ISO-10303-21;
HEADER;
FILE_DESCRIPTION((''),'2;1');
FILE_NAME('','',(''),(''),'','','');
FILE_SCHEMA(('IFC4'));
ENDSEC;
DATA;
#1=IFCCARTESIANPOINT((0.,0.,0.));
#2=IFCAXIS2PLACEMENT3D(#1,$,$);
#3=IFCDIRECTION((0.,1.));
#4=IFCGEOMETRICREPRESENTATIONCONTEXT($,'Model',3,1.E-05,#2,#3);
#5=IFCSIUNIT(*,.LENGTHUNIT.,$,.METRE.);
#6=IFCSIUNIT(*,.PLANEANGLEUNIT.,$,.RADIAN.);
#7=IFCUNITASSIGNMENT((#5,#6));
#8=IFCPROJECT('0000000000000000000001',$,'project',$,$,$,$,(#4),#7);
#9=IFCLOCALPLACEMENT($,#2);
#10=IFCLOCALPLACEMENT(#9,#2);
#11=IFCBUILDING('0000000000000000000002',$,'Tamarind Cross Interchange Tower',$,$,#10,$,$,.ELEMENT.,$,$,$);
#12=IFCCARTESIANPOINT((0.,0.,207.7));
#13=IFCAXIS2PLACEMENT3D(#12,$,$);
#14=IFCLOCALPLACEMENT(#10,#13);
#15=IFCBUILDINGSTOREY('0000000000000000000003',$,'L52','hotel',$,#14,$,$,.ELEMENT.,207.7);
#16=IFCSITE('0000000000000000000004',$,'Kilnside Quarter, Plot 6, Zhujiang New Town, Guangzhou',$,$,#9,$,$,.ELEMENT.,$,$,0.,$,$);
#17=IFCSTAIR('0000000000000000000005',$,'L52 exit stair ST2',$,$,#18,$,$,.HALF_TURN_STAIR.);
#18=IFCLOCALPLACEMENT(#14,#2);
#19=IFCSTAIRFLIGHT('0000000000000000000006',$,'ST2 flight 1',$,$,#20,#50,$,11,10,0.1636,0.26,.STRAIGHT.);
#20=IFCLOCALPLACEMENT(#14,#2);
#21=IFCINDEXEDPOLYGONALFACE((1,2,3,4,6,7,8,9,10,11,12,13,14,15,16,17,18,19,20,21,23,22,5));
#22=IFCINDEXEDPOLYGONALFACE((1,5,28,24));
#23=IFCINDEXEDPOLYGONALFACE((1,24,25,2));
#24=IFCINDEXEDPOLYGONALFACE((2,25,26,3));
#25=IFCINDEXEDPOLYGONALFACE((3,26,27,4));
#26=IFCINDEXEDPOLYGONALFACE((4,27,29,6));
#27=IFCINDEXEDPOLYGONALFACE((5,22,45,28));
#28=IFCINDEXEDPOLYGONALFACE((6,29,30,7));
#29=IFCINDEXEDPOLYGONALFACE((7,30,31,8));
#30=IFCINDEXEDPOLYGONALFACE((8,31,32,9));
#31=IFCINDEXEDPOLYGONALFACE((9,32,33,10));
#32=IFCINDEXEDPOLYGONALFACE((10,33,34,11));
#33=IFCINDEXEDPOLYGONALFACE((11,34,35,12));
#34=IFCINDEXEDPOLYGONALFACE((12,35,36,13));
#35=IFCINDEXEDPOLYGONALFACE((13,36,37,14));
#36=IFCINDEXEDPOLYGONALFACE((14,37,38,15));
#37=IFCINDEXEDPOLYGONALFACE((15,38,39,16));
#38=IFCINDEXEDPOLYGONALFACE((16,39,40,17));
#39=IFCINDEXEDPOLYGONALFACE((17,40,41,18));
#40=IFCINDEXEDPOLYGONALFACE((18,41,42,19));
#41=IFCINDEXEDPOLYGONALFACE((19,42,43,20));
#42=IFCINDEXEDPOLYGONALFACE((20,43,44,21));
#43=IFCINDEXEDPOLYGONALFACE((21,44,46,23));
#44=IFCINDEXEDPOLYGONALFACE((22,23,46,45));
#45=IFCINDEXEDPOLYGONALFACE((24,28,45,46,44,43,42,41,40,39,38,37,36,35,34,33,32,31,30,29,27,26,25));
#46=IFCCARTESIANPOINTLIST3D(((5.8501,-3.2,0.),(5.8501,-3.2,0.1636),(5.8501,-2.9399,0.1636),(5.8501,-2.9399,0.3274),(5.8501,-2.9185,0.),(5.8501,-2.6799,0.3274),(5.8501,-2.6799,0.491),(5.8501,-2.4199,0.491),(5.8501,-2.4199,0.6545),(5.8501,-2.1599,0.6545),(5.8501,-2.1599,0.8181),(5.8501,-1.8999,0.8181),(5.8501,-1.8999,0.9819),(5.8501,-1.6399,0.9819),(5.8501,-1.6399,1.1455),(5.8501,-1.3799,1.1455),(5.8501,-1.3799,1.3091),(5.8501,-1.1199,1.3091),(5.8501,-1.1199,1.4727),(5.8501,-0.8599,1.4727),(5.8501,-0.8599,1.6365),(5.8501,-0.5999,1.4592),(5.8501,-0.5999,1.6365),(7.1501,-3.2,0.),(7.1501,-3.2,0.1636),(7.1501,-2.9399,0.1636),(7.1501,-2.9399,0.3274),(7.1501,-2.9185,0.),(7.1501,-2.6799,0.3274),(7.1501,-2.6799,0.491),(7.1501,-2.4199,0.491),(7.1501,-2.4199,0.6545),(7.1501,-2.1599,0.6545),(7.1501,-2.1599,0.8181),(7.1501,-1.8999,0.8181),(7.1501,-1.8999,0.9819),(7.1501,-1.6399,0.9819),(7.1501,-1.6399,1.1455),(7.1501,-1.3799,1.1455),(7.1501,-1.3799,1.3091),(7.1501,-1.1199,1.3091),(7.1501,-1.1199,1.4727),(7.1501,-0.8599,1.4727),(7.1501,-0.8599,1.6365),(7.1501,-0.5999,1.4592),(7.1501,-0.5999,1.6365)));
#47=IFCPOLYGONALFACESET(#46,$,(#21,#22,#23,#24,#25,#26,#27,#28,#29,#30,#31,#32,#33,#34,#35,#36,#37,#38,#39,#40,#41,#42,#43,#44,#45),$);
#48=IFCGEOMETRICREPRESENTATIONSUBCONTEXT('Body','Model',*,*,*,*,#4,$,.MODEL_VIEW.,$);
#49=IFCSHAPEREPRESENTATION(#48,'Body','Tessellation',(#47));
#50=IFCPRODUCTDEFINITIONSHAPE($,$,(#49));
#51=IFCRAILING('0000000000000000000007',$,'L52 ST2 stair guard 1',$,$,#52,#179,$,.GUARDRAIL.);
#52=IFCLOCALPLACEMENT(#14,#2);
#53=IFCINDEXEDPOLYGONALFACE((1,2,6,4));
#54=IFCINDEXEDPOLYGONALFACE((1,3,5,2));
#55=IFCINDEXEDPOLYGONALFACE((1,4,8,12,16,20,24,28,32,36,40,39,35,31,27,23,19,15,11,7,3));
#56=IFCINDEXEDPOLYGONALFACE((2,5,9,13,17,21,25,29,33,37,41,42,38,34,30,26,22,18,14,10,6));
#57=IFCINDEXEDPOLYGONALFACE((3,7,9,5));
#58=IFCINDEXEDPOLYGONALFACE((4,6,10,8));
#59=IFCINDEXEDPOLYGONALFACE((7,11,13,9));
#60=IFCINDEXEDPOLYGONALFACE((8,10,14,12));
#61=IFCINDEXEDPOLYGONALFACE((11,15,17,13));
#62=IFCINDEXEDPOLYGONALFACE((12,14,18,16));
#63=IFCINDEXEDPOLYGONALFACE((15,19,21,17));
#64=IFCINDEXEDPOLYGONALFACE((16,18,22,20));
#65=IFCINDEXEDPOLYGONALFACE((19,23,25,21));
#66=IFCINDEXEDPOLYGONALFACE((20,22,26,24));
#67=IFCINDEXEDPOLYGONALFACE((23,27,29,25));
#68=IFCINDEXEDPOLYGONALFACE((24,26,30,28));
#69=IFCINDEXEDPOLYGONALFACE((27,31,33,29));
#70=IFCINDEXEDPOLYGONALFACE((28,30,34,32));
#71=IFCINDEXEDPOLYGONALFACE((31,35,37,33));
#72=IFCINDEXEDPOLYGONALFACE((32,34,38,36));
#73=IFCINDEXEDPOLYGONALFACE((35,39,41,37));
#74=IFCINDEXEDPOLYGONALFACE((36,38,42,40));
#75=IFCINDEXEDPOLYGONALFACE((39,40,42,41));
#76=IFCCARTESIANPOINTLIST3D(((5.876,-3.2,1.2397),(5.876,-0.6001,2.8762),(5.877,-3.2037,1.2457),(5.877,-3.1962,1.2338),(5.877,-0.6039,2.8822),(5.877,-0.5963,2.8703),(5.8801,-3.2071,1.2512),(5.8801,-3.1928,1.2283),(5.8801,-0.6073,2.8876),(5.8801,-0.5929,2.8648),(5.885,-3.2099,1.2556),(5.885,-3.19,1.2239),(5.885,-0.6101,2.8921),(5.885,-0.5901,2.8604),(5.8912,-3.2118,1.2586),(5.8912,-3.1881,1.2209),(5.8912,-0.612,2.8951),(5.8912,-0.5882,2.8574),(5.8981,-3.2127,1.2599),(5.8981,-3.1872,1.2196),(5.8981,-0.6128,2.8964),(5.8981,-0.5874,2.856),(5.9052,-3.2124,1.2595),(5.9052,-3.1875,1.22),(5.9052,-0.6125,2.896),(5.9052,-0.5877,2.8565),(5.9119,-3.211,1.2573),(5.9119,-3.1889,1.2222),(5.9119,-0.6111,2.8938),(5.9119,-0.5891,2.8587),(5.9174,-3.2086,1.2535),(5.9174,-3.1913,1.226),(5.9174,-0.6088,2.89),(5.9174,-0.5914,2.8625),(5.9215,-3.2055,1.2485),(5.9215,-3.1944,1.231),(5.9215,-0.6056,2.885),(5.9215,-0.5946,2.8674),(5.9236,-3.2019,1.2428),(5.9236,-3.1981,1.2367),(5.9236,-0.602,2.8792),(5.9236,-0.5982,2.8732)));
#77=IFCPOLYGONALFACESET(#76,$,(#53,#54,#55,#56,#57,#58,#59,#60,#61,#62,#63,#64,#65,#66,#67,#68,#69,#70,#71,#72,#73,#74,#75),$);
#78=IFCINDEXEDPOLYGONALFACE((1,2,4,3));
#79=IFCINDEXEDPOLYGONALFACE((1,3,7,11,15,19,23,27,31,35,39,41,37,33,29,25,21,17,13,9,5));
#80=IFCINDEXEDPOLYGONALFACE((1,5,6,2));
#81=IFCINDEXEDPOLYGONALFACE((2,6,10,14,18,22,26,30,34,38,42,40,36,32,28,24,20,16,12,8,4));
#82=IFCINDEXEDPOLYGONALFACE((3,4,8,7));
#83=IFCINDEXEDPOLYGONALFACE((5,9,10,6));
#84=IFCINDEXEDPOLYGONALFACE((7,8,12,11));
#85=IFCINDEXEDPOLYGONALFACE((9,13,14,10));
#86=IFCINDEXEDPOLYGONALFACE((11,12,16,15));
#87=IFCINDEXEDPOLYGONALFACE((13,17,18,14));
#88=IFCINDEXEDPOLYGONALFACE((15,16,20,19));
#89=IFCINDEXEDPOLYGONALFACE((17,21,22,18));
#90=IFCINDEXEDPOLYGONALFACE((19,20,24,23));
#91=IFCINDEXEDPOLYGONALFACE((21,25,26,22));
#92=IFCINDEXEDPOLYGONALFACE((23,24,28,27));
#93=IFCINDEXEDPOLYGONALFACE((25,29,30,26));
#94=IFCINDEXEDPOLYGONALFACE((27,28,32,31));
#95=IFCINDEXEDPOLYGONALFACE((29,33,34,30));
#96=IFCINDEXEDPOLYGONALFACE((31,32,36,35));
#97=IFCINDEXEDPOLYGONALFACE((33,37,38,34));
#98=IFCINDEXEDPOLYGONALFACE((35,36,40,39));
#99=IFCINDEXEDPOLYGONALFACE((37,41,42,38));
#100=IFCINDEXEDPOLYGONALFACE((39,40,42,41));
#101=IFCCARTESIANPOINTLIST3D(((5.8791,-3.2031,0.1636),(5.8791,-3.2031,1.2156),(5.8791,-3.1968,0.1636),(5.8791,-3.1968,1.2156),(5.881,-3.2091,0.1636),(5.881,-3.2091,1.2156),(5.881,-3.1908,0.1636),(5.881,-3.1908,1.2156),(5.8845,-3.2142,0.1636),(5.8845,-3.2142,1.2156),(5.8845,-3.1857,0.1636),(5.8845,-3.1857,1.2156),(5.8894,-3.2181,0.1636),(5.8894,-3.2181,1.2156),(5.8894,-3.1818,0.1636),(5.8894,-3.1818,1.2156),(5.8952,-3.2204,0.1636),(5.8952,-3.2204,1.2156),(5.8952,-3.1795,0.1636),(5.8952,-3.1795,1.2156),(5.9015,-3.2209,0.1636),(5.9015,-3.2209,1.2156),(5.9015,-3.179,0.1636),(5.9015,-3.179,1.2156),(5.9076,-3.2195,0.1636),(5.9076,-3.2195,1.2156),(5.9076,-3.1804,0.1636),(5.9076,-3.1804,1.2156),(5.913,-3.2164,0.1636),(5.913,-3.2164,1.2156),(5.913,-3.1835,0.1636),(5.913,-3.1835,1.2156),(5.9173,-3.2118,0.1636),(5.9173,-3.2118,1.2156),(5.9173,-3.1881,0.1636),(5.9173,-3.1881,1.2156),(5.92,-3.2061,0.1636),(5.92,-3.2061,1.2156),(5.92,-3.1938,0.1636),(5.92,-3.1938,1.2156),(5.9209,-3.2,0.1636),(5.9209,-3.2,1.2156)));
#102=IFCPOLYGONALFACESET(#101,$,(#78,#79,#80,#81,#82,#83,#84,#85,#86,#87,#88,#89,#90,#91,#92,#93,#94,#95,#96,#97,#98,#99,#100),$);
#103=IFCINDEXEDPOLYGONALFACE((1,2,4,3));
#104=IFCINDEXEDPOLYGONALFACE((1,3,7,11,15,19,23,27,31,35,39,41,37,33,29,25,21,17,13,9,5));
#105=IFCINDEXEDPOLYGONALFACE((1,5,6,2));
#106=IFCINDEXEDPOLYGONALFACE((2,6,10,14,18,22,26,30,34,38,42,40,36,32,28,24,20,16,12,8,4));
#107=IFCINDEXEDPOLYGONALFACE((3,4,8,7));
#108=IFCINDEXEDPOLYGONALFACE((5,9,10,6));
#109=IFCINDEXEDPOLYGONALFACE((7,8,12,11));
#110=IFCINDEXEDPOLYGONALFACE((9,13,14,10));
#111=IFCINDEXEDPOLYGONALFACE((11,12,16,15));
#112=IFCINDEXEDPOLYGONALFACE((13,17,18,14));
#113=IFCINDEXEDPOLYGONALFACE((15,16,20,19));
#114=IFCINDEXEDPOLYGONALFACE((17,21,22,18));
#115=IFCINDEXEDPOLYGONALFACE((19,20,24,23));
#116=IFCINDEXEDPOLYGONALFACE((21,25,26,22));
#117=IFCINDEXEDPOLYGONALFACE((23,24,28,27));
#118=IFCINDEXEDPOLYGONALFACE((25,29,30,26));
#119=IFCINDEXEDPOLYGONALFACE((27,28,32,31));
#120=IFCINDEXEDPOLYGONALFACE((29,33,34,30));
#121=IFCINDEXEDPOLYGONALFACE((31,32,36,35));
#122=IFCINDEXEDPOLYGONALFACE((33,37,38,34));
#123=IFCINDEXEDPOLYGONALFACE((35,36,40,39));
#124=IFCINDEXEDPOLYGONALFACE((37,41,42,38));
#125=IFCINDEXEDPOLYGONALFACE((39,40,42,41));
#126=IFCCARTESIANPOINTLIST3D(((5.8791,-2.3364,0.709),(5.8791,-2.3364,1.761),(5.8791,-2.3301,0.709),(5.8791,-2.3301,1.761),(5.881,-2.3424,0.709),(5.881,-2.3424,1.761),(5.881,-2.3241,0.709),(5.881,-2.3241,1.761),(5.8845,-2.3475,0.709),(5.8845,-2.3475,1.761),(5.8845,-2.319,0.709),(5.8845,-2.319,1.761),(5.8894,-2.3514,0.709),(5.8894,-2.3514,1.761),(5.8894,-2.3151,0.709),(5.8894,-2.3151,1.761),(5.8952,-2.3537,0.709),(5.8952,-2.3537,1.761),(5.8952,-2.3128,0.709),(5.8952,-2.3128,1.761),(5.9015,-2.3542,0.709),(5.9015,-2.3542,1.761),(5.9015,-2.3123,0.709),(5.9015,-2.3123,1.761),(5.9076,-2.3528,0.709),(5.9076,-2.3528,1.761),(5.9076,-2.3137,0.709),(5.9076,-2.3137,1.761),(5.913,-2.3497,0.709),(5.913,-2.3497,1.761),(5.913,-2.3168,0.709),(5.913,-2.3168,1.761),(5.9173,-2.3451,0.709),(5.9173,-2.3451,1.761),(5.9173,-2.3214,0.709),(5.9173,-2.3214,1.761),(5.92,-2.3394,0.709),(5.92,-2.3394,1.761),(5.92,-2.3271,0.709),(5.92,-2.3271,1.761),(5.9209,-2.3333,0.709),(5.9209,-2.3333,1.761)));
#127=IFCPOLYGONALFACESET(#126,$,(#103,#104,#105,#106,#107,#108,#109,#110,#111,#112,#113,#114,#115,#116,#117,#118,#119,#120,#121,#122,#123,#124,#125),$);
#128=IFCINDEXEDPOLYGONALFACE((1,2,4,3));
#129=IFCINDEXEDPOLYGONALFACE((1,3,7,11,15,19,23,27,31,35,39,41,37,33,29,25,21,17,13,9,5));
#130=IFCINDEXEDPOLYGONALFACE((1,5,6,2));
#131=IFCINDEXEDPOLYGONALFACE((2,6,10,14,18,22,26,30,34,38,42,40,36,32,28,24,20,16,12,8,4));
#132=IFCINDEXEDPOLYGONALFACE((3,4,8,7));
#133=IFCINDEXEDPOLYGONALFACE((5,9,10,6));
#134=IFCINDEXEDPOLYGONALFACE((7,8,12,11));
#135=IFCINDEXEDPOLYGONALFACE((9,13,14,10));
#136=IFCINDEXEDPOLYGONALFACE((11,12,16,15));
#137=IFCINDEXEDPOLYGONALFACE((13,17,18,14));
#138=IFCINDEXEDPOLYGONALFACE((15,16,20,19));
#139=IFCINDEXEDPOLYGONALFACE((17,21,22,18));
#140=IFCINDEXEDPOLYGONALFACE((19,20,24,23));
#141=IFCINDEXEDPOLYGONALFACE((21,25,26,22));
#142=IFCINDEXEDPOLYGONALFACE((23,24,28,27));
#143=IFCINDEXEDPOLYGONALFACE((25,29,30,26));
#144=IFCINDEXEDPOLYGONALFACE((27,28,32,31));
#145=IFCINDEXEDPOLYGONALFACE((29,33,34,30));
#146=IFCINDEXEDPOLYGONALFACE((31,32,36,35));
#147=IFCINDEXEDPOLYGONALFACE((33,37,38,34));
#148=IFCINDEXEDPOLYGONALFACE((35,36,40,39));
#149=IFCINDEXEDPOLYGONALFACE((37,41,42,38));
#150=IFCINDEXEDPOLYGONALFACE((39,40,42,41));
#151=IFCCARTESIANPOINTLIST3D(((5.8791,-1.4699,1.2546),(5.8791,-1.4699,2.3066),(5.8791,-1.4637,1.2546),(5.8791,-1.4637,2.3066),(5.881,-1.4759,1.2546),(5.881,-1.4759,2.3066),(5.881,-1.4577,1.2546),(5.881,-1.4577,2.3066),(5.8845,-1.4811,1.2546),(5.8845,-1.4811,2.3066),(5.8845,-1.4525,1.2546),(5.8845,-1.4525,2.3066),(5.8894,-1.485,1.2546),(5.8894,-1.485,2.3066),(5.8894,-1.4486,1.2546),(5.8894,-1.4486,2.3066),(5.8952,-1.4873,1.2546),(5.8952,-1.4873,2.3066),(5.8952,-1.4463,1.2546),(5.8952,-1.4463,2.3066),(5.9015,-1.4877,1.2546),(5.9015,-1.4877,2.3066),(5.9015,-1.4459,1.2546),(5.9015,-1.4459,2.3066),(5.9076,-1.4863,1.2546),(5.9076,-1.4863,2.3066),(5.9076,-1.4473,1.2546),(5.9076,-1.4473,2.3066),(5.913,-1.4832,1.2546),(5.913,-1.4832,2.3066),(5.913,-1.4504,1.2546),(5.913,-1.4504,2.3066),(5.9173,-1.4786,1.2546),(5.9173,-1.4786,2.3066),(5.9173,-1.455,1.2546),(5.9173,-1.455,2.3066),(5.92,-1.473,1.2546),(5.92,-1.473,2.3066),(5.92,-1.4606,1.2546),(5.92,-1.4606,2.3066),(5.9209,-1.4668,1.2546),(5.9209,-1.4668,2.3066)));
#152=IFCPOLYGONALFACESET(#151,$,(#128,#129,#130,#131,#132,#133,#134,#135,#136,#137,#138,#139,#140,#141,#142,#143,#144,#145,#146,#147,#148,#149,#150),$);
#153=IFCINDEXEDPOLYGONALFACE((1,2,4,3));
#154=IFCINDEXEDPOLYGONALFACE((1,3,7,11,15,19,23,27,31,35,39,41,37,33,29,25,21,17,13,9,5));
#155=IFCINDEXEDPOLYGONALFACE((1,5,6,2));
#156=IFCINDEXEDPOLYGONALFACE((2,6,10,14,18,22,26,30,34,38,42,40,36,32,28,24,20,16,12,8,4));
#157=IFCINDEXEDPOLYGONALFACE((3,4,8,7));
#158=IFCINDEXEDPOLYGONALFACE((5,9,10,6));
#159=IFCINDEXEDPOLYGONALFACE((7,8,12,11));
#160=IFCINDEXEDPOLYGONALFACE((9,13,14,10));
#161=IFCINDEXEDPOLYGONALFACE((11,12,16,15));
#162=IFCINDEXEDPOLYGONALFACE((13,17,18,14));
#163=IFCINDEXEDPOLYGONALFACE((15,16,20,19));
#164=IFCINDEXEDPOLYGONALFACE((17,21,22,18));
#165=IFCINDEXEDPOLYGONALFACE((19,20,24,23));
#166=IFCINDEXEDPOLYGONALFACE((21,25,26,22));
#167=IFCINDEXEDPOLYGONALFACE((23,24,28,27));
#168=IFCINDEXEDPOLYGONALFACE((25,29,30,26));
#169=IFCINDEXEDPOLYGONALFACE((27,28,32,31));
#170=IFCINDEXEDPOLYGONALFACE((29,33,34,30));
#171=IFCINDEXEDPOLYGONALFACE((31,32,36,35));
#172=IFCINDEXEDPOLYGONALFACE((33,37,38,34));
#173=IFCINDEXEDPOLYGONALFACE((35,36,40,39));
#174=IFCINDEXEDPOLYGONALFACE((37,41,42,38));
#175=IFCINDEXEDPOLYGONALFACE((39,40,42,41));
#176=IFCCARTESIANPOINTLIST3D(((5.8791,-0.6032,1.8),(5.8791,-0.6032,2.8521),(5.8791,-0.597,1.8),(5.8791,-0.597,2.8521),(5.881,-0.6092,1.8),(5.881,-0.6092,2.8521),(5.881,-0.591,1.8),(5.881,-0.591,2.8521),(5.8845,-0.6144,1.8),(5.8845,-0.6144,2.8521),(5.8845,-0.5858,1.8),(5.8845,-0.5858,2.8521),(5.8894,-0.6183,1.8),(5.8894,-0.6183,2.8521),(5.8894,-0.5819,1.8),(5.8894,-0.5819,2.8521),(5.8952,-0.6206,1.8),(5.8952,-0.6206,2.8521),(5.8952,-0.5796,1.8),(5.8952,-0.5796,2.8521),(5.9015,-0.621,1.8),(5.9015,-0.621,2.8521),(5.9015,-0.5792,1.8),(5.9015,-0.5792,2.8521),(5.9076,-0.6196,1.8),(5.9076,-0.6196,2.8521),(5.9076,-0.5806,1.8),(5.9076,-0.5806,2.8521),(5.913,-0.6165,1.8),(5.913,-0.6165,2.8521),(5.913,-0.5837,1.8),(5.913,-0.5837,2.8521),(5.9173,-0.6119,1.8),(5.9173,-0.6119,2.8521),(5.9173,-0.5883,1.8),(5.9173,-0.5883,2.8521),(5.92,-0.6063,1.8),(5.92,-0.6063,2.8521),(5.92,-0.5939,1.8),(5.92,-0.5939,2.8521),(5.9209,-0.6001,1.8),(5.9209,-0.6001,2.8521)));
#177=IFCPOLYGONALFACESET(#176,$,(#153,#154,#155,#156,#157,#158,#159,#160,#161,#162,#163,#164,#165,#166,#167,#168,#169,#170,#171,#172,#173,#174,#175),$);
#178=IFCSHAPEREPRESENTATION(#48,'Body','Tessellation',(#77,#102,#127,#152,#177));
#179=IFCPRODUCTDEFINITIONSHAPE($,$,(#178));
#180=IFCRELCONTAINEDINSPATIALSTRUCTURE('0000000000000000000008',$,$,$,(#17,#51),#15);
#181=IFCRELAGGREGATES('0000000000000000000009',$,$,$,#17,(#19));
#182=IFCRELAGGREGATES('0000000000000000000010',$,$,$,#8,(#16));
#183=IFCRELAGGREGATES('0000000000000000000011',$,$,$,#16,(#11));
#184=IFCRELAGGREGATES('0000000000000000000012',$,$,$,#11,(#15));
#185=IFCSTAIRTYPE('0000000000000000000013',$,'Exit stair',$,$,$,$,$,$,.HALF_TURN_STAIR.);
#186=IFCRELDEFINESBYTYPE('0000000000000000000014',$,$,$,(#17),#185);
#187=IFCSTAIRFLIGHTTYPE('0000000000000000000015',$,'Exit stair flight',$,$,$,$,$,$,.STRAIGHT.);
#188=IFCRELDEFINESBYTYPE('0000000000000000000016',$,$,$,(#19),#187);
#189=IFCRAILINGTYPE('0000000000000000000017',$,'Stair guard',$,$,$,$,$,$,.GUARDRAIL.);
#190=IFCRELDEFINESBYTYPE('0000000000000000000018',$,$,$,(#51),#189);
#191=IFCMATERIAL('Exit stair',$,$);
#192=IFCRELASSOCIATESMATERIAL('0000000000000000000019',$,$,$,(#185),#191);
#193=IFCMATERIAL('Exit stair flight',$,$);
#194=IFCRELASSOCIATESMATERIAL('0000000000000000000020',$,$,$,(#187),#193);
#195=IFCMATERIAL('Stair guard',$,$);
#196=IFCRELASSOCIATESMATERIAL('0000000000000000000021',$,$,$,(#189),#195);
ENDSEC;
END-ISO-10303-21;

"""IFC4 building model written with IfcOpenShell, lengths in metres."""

from ifc_helpers import new_model, si_unit, direction, frame, origin, origin_2d, place, context, subcontext, project, spatial, polyline, circle, outline, extrude, material, type_object, element, aggregate, save


model = new_model("IFC4")

# Units and contexts
model_context = context("Model", 3, precision=1e-05, world=origin(), true_north=direction((0.0, 1.0)))
body_context = subcontext(model_context, "Body", "Model", "MODEL_VIEW")
ifc_project = project(units=[si_unit("LENGTHUNIT", "METRE"), si_unit("PLANEANGLEUNIT", "RADIAN")], contexts=[model_context])

# Site, building, storey
site_placement = place(None, origin())
site = spatial("IfcSite", under=ifc_project, at=site_placement, Name="Kilnside Quarter, Plot 6, Zhujiang New Town, Guangzhou", CompositionType="ELEMENT", RefElevation=0.0)
building_placement = place(site_placement, origin())
building = spatial("IfcBuilding", under=site, at=building_placement, Name="Tamarind Cross Interchange Tower", CompositionType="ELEMENT")
storey_placement = place(building_placement, frame((0.0, 0.0, 207.7)))
storey = spatial("IfcBuildingStorey", under=building, at=storey_placement, Name="L52", Description="hotel", CompositionType="ELEMENT", Elevation=207.7)

# Stair, stair flight
ifc_material_1 = material(Name="Exit stair")
stair_type = type_object("IfcStairType", Name="Exit stair", PredefinedType="HALF_TURN_STAIR", material=ifc_material_1)
stair_placement = place(storey_placement, origin())
stair = element("IfcStair", 1, at=stair_placement, inside=storey, type_object=stair_type, Name="L52 exit stair ST2", PredefinedType="HALF_TURN_STAIR")
ifc_material_2 = material(Name="Exit stair flight")
stair_flight_type = type_object("IfcStairFlightType", Name="Exit stair flight", PredefinedType="STRAIGHT", material=ifc_material_2)
stair_flight_placement = place(storey_placement, frame((6.5, -3.2, 0.0), z_axis=(0.0, 0.0, 1.0), x_axis=(0.0, 1.0, 0.0)))
stair_flight = element("IfcStairFlight", 2, at=stair_flight_placement, type_object=stair_flight_type, Name="ST2 flight 1", NumberOfRisers=11, NumberOfTreads=10, PredefinedType="STRAIGHT", RiserHeight=0.1636, TreadLength=0.26, context=body_context, shape_type="SweptSolid", body=[
    extrude(outline(polyline([(0.0, 0.0), (0.0, 0.1636), (0.26, 0.1636), (0.26, 0.3274), (0.52, 0.3274), (0.52, 0.491), (0.78, 0.491), (0.78, 0.6545), (1.04, 0.6545), (1.04, 0.8181), (1.3, 0.8181), (1.3, 0.9819), (1.5601, 0.9819), (1.5601, 1.1455), (1.8201, 1.1455), (1.8201, 1.3091), (2.0801, 1.3091), (2.0801, 1.4727), (2.3401, 1.4727), (2.3401, 1.6365), (2.6001, 1.6365), (2.6001, 1.8), (2.6001, 1.4592), (0.2815, 0.0), (0.0, 0.0)])), frame((0.0, 0.6499, 0.0), z_axis=(0.0, -1.0, 0.0), x_axis=(1.0, 0.0, 0.0)), (0.0, 0.0, 1.0), 1.3),
])
aggregate(stair, [stair_flight])

# Railing
ifc_material_3 = material(Name="Stair guard")
railing_type_1 = type_object("IfcRailingType", Name="Stair guard", PredefinedType="GUARDRAIL", material=ifc_material_3)
railing_1_placement = place(storey_placement, frame((5.8999, -3.2, 0.1636)))
element("IfcRailing", 3, at=railing_1_placement, inside=storey, type_object=railing_type_1, Name="L52 ST2 stair guard 1", PredefinedType="GUARDRAIL", context=body_context, shape_type="SweptSolid", body=[
    extrude(circle(Radius=0.0239, at=origin_2d()), frame((0.0, 0.0, 1.0762), z_axis=(0.0, 0.846302, 0.532704), x_axis=(-1.0, 0.0, 0.0)), (0.0, 0.0, 1.0), 3.072),
    extrude(circle(Radius=0.021, at=origin_2d()), origin(), (0.0, 0.0, 1.0), 1.052),
    extrude(circle(Radius=0.021, at=origin_2d()), frame((0.0, 0.8667, 0.5454)), (0.0, 0.0, 1.0), 1.052),
    extrude(circle(Radius=0.021, at=origin_2d()), frame((0.0, 1.7332, 1.0911)), (0.0, 0.0, 1.0), 1.052),
    extrude(circle(Radius=0.021, at=origin_2d()), frame((0.0, 2.5999, 1.6365)), (0.0, 0.0, 1.0), 1.052),
])

save(model, "model.ifc")
